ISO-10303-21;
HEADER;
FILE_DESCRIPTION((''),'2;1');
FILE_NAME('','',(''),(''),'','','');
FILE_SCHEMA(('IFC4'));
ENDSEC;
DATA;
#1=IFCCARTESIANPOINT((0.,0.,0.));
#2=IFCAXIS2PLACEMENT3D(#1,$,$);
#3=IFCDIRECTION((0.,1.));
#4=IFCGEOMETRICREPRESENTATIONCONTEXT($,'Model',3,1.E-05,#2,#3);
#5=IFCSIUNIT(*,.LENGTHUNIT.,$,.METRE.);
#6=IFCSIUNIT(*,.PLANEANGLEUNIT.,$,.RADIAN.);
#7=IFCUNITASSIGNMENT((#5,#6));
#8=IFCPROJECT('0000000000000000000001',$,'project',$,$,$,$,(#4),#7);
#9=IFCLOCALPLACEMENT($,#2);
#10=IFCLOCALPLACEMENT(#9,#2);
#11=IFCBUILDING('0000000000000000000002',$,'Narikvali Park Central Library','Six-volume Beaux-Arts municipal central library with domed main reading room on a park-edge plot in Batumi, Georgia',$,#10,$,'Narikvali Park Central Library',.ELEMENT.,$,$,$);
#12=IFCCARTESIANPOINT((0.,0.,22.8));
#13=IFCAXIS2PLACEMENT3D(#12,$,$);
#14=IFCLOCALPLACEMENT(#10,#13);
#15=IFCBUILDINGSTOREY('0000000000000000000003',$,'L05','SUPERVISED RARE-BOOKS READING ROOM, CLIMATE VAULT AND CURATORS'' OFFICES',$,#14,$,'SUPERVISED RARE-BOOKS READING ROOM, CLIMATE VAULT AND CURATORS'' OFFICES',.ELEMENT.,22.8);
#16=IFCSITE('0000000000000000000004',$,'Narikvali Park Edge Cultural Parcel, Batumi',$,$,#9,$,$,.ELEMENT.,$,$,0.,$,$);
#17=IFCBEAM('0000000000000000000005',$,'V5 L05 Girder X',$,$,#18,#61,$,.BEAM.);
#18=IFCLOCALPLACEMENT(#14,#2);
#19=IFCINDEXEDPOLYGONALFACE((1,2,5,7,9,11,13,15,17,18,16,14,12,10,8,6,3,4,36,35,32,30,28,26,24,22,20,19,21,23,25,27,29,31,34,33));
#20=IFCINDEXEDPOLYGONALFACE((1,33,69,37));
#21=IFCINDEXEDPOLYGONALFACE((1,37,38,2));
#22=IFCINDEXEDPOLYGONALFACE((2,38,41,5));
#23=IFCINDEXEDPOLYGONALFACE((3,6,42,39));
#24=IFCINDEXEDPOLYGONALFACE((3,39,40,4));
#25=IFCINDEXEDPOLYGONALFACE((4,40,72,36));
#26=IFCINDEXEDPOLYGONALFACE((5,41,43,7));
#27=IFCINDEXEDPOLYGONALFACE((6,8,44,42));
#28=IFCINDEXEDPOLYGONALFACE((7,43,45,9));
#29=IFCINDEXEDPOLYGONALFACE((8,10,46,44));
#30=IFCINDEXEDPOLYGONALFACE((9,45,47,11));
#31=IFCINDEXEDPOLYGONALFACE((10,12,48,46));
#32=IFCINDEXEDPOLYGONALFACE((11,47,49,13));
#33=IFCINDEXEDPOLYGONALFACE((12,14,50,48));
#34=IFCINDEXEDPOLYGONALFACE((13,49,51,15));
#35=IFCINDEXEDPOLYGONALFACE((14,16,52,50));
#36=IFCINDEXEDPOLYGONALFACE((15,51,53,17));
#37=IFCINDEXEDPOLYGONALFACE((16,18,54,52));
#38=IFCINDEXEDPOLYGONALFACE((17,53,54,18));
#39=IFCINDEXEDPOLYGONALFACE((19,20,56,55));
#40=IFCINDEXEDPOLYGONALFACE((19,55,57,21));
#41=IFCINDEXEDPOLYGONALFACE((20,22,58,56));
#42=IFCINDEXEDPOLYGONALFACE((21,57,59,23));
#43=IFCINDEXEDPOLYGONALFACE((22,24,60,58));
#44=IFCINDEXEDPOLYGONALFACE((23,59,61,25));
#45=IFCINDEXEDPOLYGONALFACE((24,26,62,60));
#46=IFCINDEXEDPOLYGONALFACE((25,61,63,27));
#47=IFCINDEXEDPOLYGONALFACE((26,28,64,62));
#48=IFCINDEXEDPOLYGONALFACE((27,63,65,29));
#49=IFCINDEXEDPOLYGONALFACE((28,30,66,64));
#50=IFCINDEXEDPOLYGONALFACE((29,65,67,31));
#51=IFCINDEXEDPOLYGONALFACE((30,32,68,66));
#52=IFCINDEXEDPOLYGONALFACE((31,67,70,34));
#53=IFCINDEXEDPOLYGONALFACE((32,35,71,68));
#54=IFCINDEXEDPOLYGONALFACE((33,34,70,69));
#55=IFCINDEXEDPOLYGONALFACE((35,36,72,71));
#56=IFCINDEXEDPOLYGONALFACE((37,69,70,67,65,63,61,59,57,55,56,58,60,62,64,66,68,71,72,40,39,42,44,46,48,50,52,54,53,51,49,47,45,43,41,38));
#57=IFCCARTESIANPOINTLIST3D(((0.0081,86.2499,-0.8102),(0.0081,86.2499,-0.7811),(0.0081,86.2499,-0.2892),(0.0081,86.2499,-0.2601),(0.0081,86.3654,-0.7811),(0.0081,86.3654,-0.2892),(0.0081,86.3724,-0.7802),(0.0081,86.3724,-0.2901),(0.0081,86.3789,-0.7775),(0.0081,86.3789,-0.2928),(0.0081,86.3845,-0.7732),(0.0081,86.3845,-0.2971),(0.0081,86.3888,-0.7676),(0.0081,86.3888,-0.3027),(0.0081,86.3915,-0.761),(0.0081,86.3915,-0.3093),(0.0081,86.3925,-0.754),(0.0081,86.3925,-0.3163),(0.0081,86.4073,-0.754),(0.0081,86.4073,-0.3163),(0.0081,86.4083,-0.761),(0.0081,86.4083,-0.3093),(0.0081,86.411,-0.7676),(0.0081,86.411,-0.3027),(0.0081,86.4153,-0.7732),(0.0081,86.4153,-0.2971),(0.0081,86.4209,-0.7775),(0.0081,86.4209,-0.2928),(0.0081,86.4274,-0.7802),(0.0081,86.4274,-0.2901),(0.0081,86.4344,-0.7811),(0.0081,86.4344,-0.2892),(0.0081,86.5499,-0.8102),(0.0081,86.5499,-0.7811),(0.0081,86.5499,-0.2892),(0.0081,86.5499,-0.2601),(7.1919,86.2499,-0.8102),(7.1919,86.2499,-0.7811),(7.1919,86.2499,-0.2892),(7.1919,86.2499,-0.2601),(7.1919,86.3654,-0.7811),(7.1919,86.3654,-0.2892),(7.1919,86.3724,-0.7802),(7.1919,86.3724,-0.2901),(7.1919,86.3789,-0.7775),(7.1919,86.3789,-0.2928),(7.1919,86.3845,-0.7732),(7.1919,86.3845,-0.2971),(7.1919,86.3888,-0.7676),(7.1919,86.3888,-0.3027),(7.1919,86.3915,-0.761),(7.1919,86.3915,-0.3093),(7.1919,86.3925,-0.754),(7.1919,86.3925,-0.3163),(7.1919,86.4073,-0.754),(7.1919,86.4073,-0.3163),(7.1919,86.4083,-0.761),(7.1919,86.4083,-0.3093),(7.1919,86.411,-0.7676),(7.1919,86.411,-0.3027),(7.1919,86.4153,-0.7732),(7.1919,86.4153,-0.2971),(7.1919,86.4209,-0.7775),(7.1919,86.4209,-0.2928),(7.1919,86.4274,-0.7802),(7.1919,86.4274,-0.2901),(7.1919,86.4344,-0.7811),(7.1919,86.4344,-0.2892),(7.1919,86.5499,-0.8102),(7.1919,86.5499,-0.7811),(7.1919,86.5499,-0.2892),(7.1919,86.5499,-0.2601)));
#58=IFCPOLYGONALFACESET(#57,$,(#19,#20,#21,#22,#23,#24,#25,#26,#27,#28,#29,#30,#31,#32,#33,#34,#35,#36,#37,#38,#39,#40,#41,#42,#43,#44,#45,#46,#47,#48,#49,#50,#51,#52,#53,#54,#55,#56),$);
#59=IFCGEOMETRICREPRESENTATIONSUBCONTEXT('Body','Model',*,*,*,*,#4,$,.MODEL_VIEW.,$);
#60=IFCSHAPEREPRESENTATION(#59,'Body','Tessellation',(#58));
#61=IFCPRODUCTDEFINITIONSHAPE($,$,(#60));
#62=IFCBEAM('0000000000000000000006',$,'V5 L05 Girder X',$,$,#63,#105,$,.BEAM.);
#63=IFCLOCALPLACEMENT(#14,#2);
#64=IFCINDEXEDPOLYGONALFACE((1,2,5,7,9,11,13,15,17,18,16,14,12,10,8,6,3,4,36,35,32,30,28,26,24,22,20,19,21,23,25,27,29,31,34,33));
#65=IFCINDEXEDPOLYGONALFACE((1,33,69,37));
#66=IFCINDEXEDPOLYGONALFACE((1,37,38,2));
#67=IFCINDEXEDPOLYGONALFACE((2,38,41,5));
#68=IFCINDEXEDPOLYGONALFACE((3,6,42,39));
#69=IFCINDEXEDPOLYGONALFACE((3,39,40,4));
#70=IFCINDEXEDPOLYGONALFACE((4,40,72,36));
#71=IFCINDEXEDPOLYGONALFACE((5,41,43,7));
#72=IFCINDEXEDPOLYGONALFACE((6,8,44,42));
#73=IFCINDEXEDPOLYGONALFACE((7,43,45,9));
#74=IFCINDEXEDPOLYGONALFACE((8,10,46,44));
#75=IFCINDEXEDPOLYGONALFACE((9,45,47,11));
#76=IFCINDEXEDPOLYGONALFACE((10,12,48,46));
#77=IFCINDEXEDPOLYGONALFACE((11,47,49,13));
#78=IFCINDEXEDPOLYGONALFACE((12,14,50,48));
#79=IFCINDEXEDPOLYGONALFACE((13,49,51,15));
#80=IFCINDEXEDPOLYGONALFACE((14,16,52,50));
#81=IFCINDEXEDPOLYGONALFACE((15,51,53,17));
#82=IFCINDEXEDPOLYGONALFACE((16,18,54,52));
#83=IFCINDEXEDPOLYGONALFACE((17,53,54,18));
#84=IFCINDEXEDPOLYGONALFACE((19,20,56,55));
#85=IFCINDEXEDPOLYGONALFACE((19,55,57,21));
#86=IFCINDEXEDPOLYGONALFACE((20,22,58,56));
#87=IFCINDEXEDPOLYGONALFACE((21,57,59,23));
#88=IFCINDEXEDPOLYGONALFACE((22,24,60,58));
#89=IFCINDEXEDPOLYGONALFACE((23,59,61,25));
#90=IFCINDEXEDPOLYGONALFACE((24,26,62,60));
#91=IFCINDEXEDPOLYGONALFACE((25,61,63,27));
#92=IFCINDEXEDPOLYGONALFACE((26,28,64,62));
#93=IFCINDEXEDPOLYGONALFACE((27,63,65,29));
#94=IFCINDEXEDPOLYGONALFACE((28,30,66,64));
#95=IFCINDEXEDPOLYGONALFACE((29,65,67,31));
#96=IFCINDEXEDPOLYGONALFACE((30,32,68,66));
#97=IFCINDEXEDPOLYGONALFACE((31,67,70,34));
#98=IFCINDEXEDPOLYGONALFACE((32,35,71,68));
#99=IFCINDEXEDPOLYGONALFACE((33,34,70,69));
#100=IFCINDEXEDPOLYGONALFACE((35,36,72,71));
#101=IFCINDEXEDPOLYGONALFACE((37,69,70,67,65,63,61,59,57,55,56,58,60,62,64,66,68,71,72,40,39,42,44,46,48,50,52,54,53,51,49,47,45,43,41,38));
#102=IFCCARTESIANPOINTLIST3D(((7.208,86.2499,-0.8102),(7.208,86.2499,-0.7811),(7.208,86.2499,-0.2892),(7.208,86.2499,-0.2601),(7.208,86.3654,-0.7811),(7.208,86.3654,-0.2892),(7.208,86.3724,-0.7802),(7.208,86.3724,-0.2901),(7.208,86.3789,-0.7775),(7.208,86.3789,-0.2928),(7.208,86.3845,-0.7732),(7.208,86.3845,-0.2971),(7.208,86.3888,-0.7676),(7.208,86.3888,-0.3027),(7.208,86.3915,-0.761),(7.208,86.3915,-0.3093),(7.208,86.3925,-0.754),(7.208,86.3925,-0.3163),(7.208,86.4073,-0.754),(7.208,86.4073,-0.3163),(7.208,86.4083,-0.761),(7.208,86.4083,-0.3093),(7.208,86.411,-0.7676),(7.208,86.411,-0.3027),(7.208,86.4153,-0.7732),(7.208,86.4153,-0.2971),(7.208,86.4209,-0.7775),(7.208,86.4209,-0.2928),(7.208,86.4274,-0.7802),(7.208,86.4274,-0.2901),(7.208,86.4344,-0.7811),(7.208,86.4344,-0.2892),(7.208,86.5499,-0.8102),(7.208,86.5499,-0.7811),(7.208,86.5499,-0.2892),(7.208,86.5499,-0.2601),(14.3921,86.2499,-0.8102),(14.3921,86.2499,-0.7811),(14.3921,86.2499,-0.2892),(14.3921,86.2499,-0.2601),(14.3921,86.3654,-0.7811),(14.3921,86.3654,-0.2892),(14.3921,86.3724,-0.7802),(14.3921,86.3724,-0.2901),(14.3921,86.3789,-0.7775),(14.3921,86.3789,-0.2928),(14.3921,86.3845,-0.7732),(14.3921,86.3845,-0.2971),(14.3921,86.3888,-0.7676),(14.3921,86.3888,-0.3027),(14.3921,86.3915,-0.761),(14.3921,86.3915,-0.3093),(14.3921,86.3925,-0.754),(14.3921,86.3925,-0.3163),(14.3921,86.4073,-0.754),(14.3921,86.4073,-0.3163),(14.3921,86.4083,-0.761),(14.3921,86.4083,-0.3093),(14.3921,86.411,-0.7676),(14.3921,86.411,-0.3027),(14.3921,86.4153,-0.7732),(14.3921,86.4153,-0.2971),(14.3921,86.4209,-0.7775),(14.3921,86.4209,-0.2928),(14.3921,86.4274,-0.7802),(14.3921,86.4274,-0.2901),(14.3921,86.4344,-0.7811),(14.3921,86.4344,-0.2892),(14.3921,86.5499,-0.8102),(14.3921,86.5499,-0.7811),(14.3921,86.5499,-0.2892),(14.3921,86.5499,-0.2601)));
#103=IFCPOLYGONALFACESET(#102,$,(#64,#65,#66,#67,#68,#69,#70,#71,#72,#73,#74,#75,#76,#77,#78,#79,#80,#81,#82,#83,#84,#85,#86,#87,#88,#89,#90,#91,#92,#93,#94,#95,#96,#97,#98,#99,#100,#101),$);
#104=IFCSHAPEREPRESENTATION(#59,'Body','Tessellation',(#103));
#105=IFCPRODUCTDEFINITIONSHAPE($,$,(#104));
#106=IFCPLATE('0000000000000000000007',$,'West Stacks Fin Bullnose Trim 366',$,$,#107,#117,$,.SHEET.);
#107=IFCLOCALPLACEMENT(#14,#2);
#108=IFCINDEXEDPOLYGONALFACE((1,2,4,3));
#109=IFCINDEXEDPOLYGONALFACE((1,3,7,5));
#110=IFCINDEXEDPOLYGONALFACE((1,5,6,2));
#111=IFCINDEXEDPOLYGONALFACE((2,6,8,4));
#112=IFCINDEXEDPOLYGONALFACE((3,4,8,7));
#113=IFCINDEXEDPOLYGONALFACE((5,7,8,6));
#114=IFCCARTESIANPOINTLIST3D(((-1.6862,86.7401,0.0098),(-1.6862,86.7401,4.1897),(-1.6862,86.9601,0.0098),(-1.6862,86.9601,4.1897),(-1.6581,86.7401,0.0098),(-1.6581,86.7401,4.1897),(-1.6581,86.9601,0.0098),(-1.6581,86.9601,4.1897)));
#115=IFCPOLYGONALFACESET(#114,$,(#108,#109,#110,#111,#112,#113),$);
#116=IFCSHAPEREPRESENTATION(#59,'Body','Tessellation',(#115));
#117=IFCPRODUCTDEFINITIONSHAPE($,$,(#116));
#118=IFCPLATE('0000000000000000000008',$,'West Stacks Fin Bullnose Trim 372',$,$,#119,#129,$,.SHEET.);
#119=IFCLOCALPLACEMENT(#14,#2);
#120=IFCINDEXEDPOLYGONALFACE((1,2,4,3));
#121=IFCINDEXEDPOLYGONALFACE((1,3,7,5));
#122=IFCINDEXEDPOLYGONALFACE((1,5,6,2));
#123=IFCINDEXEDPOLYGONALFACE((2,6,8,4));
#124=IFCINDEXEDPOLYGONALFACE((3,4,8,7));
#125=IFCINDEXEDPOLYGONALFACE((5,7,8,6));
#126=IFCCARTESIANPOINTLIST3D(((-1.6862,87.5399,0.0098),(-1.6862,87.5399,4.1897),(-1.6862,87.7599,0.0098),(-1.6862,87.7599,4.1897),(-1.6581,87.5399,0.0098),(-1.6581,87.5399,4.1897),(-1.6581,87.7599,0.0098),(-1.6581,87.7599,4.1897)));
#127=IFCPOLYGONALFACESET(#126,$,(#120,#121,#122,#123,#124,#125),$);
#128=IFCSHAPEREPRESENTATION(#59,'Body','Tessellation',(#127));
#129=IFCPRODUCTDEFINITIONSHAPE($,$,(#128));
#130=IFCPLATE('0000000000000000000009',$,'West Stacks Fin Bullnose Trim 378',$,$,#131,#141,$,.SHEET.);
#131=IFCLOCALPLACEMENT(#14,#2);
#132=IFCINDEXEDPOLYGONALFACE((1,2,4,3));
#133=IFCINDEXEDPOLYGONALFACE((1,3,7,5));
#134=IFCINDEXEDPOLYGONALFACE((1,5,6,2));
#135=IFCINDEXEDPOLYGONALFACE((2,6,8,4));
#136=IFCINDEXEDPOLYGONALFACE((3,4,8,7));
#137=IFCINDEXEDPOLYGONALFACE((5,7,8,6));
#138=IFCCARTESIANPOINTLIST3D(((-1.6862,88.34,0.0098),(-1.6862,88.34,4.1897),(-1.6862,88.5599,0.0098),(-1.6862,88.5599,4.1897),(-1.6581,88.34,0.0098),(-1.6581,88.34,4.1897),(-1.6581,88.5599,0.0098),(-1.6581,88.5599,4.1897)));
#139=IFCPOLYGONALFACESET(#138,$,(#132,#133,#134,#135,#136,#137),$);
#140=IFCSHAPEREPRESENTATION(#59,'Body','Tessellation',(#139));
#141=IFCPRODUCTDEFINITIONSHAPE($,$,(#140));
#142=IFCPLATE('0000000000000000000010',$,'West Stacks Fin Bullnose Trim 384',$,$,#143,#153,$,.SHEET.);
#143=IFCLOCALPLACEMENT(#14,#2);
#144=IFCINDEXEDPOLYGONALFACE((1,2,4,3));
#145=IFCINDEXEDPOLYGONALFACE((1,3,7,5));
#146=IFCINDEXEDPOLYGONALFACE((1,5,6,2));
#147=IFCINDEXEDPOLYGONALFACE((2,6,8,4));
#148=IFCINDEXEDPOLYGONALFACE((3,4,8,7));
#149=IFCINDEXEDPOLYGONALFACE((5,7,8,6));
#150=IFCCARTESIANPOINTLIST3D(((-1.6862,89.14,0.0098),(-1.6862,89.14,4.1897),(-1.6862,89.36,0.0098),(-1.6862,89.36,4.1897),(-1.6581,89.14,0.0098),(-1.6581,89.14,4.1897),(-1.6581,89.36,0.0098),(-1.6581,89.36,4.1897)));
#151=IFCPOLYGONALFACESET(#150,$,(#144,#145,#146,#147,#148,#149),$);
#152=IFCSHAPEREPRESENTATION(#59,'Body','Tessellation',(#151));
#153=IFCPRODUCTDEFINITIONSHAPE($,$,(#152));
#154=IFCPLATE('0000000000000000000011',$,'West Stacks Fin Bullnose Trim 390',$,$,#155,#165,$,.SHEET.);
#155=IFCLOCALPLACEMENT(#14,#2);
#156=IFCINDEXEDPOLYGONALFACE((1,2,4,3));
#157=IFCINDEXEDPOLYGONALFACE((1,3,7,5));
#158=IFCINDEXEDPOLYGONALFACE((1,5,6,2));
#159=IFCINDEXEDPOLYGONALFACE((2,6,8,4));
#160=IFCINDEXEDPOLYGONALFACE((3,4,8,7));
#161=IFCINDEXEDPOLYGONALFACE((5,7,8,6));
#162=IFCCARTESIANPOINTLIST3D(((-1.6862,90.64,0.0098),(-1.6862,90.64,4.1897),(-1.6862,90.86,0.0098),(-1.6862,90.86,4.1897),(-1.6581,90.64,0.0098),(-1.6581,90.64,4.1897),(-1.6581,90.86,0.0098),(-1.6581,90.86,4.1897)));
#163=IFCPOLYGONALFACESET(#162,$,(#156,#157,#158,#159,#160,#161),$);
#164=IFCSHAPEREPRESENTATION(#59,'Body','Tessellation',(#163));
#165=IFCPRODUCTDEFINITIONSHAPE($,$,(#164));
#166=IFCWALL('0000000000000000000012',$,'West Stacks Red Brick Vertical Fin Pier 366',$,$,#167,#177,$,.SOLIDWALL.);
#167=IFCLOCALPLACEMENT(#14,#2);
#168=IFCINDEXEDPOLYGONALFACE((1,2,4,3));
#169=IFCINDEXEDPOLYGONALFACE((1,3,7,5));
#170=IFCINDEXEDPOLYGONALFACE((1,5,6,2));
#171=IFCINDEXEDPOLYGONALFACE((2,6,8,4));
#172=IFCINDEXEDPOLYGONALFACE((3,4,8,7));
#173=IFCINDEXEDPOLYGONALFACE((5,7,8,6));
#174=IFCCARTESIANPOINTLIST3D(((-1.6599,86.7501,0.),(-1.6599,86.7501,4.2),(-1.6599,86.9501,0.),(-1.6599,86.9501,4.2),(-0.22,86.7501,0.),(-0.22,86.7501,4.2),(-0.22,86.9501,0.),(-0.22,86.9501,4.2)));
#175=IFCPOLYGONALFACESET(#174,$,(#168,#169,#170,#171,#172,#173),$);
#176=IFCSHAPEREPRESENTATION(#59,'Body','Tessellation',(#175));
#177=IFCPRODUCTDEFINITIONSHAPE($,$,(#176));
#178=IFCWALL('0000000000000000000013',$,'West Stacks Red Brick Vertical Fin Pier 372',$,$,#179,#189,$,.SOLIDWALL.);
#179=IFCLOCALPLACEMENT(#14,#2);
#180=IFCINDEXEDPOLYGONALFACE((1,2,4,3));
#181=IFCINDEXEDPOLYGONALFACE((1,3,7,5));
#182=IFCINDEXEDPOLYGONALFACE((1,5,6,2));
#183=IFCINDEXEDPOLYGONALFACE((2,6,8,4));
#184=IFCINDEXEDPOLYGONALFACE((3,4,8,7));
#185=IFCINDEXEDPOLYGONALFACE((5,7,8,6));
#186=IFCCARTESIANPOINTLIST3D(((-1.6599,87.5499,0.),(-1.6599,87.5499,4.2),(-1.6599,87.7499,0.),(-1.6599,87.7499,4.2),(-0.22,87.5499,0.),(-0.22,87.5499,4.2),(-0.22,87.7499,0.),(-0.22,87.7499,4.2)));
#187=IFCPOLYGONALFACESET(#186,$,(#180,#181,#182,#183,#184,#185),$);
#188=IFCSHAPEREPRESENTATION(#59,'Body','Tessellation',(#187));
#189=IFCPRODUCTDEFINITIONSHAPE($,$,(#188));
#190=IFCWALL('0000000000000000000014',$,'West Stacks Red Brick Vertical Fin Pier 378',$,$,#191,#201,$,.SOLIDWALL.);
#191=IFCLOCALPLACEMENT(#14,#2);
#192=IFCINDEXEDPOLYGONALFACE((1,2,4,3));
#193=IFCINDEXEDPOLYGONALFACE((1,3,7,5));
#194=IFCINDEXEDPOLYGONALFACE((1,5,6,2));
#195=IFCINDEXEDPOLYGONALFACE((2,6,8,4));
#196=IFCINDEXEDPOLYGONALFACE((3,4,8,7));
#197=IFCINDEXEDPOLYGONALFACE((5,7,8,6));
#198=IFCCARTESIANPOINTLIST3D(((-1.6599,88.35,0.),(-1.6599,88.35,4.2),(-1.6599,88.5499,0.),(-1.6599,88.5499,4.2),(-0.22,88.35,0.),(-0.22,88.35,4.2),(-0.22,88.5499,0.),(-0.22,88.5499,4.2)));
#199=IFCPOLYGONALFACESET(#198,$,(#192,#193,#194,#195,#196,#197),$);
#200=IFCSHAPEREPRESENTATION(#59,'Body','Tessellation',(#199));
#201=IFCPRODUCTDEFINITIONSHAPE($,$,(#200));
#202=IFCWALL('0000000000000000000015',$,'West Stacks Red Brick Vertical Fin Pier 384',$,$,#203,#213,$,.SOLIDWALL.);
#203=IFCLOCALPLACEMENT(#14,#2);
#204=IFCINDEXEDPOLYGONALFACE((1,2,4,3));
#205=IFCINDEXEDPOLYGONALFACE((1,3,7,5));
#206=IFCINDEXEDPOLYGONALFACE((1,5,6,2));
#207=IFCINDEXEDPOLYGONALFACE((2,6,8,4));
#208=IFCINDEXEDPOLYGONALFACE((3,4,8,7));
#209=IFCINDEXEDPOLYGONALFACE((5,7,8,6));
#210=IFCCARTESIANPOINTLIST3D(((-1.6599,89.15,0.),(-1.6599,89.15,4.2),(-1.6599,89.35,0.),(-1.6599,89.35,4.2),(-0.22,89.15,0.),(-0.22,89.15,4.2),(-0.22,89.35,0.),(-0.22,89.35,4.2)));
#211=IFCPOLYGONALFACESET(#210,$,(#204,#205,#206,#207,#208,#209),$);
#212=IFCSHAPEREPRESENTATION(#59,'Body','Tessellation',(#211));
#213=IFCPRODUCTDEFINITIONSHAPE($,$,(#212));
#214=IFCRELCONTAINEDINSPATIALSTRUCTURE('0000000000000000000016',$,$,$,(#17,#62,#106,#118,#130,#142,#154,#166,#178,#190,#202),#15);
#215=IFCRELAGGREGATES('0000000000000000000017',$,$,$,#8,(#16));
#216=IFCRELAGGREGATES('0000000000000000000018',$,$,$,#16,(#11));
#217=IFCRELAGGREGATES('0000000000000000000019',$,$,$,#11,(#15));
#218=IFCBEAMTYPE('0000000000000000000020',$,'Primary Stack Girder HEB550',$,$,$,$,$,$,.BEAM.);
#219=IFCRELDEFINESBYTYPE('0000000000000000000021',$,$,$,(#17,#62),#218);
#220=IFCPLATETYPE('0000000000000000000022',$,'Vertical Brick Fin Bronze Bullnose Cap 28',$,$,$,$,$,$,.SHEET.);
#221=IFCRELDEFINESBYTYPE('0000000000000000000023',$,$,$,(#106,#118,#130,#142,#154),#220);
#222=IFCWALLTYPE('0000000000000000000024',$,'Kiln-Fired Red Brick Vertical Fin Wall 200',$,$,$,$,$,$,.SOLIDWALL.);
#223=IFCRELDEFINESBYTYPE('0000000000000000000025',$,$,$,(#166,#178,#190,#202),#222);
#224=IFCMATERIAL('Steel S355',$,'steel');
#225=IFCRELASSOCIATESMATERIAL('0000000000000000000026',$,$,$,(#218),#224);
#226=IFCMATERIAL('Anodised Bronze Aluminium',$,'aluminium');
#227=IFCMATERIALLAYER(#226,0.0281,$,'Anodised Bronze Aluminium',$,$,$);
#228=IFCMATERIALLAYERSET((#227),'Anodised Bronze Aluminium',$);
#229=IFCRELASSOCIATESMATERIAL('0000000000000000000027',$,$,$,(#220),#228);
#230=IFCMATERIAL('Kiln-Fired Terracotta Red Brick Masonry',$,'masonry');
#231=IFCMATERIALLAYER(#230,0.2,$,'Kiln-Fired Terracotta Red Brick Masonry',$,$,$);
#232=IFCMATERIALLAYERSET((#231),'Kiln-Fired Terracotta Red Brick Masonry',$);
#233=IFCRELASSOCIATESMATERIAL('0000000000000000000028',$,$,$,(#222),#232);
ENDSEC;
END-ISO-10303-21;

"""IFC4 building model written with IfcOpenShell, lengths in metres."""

from ifc_helpers import new_model, si_unit, direction, frame, frame_2d, origin, origin_2d, place, context, subcontext, project, spatial, rectangle, i_section, extrude, material, layer, layer_set, material_profile, profile_set, type_object, element, save


model = new_model("IFC4")

# Units and contexts
model_context = context("Model", 3, precision=1e-05, world=origin(), true_north=direction((0.0, 1.0)))
body_context = subcontext(model_context, "Body", "Model", "MODEL_VIEW")
ifc_project = project(units=[si_unit("LENGTHUNIT", "METRE"), si_unit("PLANEANGLEUNIT", "RADIAN")], contexts=[model_context])

# Site, building, storey
site_placement = place(None, origin())
site = spatial("IfcSite", under=ifc_project, at=site_placement, Name="Narikvali Park Edge Cultural Parcel, Batumi", CompositionType="ELEMENT", RefElevation=0.0)
building_placement = place(site_placement, origin())
building = spatial("IfcBuilding", under=site, at=building_placement, Name="Narikvali Park Central Library", Description="Six-volume Beaux-Arts municipal central library with domed main reading room on a park-edge plot in Batumi, Georgia", LongName="Narikvali Park Central Library", CompositionType="ELEMENT")
storey_placement = place(building_placement, frame((0.0, 0.0, 22.8)))
storey = spatial("IfcBuildingStorey", under=building, at=storey_placement, Name="L05", Description="SUPERVISED RARE-BOOKS READING ROOM, CLIMATE VAULT AND CURATORS' OFFICES", LongName="SUPERVISED RARE-BOOKS READING ROOM, CLIMATE VAULT AND CURATORS' OFFICES", CompositionType="ELEMENT", Elevation=22.8)

# Shared definitions
ifc_material_1 = material(Name="Steel S355", Category="steel")

# Beams
ifc_material_profile_1 = material_profile(ifc_material_1, i_section(OverallWidth=0.3, OverallDepth=0.55, WebThickness=0.0149, FlangeThickness=0.0291, FilletRadius=0.0271, at=origin_2d()), Name="HEB 550")
ifc_profile_set_1 = profile_set([ifc_material_profile_1], Name="Steel S355")
beam_type_1 = type_object("IfcBeamType", Name="Primary Stack Girder HEB550", PredefinedType="BEAM", material=ifc_profile_set_1)
beam_1_placement = place(storey_placement, frame((0.0081, 86.3999, -0.5352), z_axis=(1.0, 0.0, 0.0), x_axis=(0.0, 1.0, 0.0)))
element("IfcBeam", 1, at=beam_1_placement, inside=storey, type_object=beam_type_1, Name="V5 L05 Girder X", PredefinedType="BEAM", context=body_context, shape_type="SweptSolid", body=[
    extrude(i_section(OverallWidth=0.3, OverallDepth=0.55, WebThickness=0.0149, FlangeThickness=0.0291, FilletRadius=0.0271, at=origin_2d()), origin(), (0.0, 0.0, 1.0), 7.1838),
])
beam_2_placement = place(storey_placement, frame((7.208, 86.3999, -0.5352), z_axis=(1.0, 0.0, 0.0), x_axis=(0.0, 1.0, 0.0)))
element("IfcBeam", 2, at=beam_2_placement, inside=storey, type_object=beam_type_1, Name="V5 L05 Girder X", PredefinedType="BEAM", context=body_context, shape_type="SweptSolid", body=[
    extrude(i_section(OverallWidth=0.3, OverallDepth=0.55, WebThickness=0.0149, FlangeThickness=0.0291, FilletRadius=0.0271, at=origin_2d()), origin(), (0.0, 0.0, 1.0), 7.1841),
])

# Plates
ifc_material_2 = material(Name="Anodised Bronze Aluminium", Category="aluminium")
ifc_layer_1 = layer(ifc_material_2, 0.0281, Name="Anodised Bronze Aluminium")
ifc_layer_set_1 = layer_set([ifc_layer_1], Name="Anodised Bronze Aluminium")
plate_type = type_object("IfcPlateType", Name="Vertical Brick Fin Bronze Bullnose Cap 28", PredefinedType="SHEET", material=ifc_layer_set_1)
for number, where, z_axis, x_axis, name in (
    (3, (-1.6721, 86.8501, 0.0098), (0.0, 0.0, 1.0), (1.0, 0.0, 0.0), "West Stacks Fin Bullnose Trim 366"),
    (4, (-1.6721, 87.6499, 0.0098), (0.0, 0.0, 1.0), (1.0, 0.0, 0.0), "West Stacks Fin Bullnose Trim 372"),
    (5, (-1.6721, 88.45, 0.0098), (0.0, 0.0, 1.0), (1.0, 0.0, 0.0), "West Stacks Fin Bullnose Trim 378"),
    (6, (-1.6721, 89.25, 0.0098), (0.0, 0.0, 1.0), (1.0, 0.0, 0.0), "West Stacks Fin Bullnose Trim 384"),
    (7, (-1.6721, 90.75, 0.0098), (0.0, 0.0, 1.0), (1.0, 0.0, 0.0), "West Stacks Fin Bullnose Trim 390"),
):
    element("IfcPlate", number, at=place(storey_placement, frame(where, z_axis=z_axis, x_axis=x_axis)), inside=storey, type_object=plate_type, Name=name, PredefinedType="SHEET", context=body_context, shape_type="SweptSolid", body=[
        extrude(rectangle(XDim=0.0281, YDim=0.22, at=origin_2d()), origin(), (0.0, 0.0, 1.0), 4.1799),
    ])

# Walls
ifc_material_3 = material(Name="Kiln-Fired Terracotta Red Brick Masonry", Category="masonry")
ifc_layer_2 = layer(ifc_material_3, 0.2, Name="Kiln-Fired Terracotta Red Brick Masonry")
ifc_layer_set_2 = layer_set([ifc_layer_2], Name="Kiln-Fired Terracotta Red Brick Masonry")
wall_type_1 = type_object("IfcWallType", Name="Kiln-Fired Red Brick Vertical Fin Wall 200", PredefinedType="SOLIDWALL", material=ifc_layer_set_2)
for number, where, z_axis, x_axis, name in (
    (8, (-1.6599, 86.8501, 0.0), (0.0, 0.0, 1.0), (1.0, 0.0, 0.0), "West Stacks Red Brick Vertical Fin Pier 366"),
    (9, (-1.6599, 87.6499, 0.0), (0.0, 0.0, 1.0), (1.0, 0.0, 0.0), "West Stacks Red Brick Vertical Fin Pier 372"),
    (10, (-1.6599, 88.45, 0.0), (0.0, 0.0, 1.0), (1.0, 0.0, 0.0), "West Stacks Red Brick Vertical Fin Pier 378"),
    (11, (-1.6599, 89.25, 0.0), (0.0, 0.0, 1.0), (1.0, 0.0, 0.0), "West Stacks Red Brick Vertical Fin Pier 384"),
):
    element("IfcWall", number, at=place(storey_placement, frame(where, z_axis=z_axis, x_axis=x_axis)), inside=storey, type_object=wall_type_1, Name=name, PredefinedType="SOLIDWALL", context=body_context, shape_type="SweptSolid", body=[
        extrude(rectangle(XDim=1.4399, YDim=0.2, at=frame_2d((0.72, 0.0))), origin(), (0.0, 0.0, 1.0), 4.2),
    ])

save(model, "model.ifc")
